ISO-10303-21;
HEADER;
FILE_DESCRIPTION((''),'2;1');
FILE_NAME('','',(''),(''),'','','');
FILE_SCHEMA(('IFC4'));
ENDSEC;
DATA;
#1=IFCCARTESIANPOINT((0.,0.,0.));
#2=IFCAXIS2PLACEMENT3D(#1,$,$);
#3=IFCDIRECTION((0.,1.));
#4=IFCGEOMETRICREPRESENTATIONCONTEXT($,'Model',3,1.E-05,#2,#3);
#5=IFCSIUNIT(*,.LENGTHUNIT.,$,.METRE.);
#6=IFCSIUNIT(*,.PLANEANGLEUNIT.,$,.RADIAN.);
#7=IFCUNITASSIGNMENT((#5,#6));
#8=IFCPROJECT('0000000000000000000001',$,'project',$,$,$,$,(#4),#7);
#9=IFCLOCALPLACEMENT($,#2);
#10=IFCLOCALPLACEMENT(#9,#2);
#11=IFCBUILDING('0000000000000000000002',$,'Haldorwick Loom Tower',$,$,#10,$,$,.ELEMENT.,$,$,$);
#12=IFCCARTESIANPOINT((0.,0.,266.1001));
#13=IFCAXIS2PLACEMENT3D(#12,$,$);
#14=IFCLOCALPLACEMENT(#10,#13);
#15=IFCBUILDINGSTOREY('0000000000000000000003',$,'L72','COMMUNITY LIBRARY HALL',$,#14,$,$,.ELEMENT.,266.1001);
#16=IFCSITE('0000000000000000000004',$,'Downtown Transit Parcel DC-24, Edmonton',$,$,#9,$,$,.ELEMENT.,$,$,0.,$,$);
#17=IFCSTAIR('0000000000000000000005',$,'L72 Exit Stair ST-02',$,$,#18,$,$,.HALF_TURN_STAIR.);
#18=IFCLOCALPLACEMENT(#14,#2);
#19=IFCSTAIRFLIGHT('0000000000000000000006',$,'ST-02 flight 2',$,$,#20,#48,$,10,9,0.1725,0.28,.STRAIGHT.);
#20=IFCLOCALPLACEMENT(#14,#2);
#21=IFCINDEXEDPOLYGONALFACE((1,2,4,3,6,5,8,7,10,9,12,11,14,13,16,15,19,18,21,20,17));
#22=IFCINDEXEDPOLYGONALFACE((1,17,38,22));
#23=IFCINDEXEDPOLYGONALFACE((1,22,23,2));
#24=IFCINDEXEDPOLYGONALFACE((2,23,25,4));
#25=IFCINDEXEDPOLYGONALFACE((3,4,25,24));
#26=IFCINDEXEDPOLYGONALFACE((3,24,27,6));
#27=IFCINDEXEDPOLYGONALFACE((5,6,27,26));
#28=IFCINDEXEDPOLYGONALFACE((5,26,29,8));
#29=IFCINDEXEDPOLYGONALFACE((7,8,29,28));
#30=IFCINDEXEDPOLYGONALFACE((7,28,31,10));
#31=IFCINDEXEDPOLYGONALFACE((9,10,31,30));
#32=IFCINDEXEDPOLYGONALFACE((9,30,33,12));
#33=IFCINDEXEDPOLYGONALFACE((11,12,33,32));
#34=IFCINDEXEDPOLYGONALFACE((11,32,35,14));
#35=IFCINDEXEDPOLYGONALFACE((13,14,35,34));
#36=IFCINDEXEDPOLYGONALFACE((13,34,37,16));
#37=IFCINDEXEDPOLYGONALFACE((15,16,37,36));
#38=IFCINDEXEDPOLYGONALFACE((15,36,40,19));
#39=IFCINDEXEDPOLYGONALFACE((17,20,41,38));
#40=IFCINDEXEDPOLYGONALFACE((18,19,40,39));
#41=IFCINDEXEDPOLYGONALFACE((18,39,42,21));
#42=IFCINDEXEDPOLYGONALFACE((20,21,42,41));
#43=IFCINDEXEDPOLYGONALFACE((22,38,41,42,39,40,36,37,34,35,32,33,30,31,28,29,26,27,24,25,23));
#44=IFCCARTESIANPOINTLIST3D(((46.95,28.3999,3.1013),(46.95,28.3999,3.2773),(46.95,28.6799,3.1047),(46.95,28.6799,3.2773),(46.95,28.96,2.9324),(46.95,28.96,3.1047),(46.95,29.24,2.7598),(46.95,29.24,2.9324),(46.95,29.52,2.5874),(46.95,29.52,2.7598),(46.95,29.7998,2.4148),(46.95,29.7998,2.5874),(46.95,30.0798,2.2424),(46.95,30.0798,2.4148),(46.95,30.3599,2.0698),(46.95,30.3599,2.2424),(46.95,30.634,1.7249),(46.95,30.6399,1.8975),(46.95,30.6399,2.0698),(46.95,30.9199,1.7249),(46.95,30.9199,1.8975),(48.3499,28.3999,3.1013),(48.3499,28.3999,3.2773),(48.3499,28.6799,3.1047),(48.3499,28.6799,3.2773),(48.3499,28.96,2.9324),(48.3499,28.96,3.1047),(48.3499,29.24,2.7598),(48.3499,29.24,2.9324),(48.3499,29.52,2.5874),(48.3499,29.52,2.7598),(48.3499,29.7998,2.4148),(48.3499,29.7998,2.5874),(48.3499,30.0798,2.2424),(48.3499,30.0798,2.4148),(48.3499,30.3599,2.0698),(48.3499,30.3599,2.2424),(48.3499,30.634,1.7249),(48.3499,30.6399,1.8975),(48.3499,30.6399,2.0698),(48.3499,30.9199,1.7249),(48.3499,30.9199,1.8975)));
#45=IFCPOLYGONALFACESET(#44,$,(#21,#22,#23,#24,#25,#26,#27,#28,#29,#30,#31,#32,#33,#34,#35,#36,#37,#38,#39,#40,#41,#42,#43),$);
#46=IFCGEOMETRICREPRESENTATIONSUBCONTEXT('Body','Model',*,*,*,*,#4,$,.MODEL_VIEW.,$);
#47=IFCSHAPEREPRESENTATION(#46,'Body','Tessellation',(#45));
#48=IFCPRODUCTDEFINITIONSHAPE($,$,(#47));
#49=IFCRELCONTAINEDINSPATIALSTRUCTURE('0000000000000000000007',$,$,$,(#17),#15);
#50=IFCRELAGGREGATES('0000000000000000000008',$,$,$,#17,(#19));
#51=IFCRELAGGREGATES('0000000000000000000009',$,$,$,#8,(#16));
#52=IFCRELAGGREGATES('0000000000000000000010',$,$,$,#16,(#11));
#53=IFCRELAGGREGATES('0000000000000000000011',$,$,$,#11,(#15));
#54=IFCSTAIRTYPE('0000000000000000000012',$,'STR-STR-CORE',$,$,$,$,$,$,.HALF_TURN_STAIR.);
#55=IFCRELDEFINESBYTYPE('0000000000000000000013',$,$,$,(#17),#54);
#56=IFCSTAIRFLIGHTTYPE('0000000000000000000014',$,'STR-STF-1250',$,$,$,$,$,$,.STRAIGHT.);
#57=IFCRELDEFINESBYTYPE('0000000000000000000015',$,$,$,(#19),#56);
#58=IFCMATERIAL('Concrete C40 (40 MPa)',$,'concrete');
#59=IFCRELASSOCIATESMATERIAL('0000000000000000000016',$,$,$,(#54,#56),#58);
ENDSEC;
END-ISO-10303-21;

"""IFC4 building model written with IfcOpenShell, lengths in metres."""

from ifc_helpers import new_model, si_unit, direction, frame, origin, place, context, subcontext, project, spatial, polyline, outline, extrude, material, type_object, element, aggregate, save


model = new_model("IFC4")

# Units and contexts
model_context = context("Model", 3, precision=1e-05, world=origin(), true_north=direction((0.0, 1.0)))
body_context = subcontext(model_context, "Body", "Model", "MODEL_VIEW")
ifc_project = project(units=[si_unit("LENGTHUNIT", "METRE"), si_unit("PLANEANGLEUNIT", "RADIAN")], contexts=[model_context])

# Site, building, storey
site_placement = place(None, origin())
site = spatial("IfcSite", under=ifc_project, at=site_placement, Name="Downtown Transit Parcel DC-24, Edmonton", CompositionType="ELEMENT", RefElevation=0.0)
building_placement = place(site_placement, origin())
building = spatial("IfcBuilding", under=site, at=building_placement, Name="Haldorwick Loom Tower", CompositionType="ELEMENT")
storey_placement = place(building_placement, frame((0.0, 0.0, 266.1001)))
storey = spatial("IfcBuildingStorey", under=building, at=storey_placement, Name="L72", Description="COMMUNITY LIBRARY HALL", CompositionType="ELEMENT", Elevation=266.1001)

# Stair, stair flight
ifc_material_1 = material(Name="Concrete C40 (40 MPa)", Category="concrete")
stair_type = type_object("IfcStairType", Name="STR-STR-CORE", PredefinedType="HALF_TURN_STAIR", material=ifc_material_1)
stair_placement = place(storey_placement, origin())
stair = element("IfcStair", 1, at=stair_placement, inside=storey, type_object=stair_type, Name="L72 Exit Stair ST-02", PredefinedType="HALF_TURN_STAIR")
stair_flight_type = type_object("IfcStairFlightType", Name="STR-STF-1250", PredefinedType="STRAIGHT", material=ifc_material_1)
stair_flight_1_placement = place(storey_placement, frame((47.6499, 30.9199, 1.7249), z_axis=(0.0, 0.0, 1.0), x_axis=(0.0, -1.0, 0.0)))
stair_flight_1 = element("IfcStairFlight", 2, at=stair_flight_1_placement, type_object=stair_flight_type, Name="ST-02 flight 2", NumberOfRisers=10, NumberOfTreads=9, PredefinedType="STRAIGHT", RiserHeight=0.1725, TreadLength=0.28, context=body_context, shape_type="SweptSolid", body=[
    extrude(outline(polyline([(0.0, 0.0), (0.0, 0.1726), (0.28, 0.1726), (0.28, 0.345), (0.5601, 0.345), (0.5601, 0.5176), (0.8401, 0.5176), (0.8401, 0.6899), (1.1201, 0.6899), (1.1201, 0.8625), (1.3999, 0.8625), (1.3999, 1.0349), (1.6799, 1.0349), (1.6799, 1.2075), (1.96, 1.2075), (1.96, 1.3799), (2.24, 1.3799), (2.24, 1.5525), (2.52, 1.5525), (2.52, 1.7251), (2.52, 1.3765), (0.2859, 0.0), (0.0, 0.0)])), frame((0.0, 0.7, 0.0), z_axis=(0.0, -1.0, 0.0), x_axis=(1.0, 0.0, 0.0)), (0.0, 0.0, 1.0), 1.3999),
])
aggregate(stair, [stair_flight_1])

save(model, "model.ifc")
